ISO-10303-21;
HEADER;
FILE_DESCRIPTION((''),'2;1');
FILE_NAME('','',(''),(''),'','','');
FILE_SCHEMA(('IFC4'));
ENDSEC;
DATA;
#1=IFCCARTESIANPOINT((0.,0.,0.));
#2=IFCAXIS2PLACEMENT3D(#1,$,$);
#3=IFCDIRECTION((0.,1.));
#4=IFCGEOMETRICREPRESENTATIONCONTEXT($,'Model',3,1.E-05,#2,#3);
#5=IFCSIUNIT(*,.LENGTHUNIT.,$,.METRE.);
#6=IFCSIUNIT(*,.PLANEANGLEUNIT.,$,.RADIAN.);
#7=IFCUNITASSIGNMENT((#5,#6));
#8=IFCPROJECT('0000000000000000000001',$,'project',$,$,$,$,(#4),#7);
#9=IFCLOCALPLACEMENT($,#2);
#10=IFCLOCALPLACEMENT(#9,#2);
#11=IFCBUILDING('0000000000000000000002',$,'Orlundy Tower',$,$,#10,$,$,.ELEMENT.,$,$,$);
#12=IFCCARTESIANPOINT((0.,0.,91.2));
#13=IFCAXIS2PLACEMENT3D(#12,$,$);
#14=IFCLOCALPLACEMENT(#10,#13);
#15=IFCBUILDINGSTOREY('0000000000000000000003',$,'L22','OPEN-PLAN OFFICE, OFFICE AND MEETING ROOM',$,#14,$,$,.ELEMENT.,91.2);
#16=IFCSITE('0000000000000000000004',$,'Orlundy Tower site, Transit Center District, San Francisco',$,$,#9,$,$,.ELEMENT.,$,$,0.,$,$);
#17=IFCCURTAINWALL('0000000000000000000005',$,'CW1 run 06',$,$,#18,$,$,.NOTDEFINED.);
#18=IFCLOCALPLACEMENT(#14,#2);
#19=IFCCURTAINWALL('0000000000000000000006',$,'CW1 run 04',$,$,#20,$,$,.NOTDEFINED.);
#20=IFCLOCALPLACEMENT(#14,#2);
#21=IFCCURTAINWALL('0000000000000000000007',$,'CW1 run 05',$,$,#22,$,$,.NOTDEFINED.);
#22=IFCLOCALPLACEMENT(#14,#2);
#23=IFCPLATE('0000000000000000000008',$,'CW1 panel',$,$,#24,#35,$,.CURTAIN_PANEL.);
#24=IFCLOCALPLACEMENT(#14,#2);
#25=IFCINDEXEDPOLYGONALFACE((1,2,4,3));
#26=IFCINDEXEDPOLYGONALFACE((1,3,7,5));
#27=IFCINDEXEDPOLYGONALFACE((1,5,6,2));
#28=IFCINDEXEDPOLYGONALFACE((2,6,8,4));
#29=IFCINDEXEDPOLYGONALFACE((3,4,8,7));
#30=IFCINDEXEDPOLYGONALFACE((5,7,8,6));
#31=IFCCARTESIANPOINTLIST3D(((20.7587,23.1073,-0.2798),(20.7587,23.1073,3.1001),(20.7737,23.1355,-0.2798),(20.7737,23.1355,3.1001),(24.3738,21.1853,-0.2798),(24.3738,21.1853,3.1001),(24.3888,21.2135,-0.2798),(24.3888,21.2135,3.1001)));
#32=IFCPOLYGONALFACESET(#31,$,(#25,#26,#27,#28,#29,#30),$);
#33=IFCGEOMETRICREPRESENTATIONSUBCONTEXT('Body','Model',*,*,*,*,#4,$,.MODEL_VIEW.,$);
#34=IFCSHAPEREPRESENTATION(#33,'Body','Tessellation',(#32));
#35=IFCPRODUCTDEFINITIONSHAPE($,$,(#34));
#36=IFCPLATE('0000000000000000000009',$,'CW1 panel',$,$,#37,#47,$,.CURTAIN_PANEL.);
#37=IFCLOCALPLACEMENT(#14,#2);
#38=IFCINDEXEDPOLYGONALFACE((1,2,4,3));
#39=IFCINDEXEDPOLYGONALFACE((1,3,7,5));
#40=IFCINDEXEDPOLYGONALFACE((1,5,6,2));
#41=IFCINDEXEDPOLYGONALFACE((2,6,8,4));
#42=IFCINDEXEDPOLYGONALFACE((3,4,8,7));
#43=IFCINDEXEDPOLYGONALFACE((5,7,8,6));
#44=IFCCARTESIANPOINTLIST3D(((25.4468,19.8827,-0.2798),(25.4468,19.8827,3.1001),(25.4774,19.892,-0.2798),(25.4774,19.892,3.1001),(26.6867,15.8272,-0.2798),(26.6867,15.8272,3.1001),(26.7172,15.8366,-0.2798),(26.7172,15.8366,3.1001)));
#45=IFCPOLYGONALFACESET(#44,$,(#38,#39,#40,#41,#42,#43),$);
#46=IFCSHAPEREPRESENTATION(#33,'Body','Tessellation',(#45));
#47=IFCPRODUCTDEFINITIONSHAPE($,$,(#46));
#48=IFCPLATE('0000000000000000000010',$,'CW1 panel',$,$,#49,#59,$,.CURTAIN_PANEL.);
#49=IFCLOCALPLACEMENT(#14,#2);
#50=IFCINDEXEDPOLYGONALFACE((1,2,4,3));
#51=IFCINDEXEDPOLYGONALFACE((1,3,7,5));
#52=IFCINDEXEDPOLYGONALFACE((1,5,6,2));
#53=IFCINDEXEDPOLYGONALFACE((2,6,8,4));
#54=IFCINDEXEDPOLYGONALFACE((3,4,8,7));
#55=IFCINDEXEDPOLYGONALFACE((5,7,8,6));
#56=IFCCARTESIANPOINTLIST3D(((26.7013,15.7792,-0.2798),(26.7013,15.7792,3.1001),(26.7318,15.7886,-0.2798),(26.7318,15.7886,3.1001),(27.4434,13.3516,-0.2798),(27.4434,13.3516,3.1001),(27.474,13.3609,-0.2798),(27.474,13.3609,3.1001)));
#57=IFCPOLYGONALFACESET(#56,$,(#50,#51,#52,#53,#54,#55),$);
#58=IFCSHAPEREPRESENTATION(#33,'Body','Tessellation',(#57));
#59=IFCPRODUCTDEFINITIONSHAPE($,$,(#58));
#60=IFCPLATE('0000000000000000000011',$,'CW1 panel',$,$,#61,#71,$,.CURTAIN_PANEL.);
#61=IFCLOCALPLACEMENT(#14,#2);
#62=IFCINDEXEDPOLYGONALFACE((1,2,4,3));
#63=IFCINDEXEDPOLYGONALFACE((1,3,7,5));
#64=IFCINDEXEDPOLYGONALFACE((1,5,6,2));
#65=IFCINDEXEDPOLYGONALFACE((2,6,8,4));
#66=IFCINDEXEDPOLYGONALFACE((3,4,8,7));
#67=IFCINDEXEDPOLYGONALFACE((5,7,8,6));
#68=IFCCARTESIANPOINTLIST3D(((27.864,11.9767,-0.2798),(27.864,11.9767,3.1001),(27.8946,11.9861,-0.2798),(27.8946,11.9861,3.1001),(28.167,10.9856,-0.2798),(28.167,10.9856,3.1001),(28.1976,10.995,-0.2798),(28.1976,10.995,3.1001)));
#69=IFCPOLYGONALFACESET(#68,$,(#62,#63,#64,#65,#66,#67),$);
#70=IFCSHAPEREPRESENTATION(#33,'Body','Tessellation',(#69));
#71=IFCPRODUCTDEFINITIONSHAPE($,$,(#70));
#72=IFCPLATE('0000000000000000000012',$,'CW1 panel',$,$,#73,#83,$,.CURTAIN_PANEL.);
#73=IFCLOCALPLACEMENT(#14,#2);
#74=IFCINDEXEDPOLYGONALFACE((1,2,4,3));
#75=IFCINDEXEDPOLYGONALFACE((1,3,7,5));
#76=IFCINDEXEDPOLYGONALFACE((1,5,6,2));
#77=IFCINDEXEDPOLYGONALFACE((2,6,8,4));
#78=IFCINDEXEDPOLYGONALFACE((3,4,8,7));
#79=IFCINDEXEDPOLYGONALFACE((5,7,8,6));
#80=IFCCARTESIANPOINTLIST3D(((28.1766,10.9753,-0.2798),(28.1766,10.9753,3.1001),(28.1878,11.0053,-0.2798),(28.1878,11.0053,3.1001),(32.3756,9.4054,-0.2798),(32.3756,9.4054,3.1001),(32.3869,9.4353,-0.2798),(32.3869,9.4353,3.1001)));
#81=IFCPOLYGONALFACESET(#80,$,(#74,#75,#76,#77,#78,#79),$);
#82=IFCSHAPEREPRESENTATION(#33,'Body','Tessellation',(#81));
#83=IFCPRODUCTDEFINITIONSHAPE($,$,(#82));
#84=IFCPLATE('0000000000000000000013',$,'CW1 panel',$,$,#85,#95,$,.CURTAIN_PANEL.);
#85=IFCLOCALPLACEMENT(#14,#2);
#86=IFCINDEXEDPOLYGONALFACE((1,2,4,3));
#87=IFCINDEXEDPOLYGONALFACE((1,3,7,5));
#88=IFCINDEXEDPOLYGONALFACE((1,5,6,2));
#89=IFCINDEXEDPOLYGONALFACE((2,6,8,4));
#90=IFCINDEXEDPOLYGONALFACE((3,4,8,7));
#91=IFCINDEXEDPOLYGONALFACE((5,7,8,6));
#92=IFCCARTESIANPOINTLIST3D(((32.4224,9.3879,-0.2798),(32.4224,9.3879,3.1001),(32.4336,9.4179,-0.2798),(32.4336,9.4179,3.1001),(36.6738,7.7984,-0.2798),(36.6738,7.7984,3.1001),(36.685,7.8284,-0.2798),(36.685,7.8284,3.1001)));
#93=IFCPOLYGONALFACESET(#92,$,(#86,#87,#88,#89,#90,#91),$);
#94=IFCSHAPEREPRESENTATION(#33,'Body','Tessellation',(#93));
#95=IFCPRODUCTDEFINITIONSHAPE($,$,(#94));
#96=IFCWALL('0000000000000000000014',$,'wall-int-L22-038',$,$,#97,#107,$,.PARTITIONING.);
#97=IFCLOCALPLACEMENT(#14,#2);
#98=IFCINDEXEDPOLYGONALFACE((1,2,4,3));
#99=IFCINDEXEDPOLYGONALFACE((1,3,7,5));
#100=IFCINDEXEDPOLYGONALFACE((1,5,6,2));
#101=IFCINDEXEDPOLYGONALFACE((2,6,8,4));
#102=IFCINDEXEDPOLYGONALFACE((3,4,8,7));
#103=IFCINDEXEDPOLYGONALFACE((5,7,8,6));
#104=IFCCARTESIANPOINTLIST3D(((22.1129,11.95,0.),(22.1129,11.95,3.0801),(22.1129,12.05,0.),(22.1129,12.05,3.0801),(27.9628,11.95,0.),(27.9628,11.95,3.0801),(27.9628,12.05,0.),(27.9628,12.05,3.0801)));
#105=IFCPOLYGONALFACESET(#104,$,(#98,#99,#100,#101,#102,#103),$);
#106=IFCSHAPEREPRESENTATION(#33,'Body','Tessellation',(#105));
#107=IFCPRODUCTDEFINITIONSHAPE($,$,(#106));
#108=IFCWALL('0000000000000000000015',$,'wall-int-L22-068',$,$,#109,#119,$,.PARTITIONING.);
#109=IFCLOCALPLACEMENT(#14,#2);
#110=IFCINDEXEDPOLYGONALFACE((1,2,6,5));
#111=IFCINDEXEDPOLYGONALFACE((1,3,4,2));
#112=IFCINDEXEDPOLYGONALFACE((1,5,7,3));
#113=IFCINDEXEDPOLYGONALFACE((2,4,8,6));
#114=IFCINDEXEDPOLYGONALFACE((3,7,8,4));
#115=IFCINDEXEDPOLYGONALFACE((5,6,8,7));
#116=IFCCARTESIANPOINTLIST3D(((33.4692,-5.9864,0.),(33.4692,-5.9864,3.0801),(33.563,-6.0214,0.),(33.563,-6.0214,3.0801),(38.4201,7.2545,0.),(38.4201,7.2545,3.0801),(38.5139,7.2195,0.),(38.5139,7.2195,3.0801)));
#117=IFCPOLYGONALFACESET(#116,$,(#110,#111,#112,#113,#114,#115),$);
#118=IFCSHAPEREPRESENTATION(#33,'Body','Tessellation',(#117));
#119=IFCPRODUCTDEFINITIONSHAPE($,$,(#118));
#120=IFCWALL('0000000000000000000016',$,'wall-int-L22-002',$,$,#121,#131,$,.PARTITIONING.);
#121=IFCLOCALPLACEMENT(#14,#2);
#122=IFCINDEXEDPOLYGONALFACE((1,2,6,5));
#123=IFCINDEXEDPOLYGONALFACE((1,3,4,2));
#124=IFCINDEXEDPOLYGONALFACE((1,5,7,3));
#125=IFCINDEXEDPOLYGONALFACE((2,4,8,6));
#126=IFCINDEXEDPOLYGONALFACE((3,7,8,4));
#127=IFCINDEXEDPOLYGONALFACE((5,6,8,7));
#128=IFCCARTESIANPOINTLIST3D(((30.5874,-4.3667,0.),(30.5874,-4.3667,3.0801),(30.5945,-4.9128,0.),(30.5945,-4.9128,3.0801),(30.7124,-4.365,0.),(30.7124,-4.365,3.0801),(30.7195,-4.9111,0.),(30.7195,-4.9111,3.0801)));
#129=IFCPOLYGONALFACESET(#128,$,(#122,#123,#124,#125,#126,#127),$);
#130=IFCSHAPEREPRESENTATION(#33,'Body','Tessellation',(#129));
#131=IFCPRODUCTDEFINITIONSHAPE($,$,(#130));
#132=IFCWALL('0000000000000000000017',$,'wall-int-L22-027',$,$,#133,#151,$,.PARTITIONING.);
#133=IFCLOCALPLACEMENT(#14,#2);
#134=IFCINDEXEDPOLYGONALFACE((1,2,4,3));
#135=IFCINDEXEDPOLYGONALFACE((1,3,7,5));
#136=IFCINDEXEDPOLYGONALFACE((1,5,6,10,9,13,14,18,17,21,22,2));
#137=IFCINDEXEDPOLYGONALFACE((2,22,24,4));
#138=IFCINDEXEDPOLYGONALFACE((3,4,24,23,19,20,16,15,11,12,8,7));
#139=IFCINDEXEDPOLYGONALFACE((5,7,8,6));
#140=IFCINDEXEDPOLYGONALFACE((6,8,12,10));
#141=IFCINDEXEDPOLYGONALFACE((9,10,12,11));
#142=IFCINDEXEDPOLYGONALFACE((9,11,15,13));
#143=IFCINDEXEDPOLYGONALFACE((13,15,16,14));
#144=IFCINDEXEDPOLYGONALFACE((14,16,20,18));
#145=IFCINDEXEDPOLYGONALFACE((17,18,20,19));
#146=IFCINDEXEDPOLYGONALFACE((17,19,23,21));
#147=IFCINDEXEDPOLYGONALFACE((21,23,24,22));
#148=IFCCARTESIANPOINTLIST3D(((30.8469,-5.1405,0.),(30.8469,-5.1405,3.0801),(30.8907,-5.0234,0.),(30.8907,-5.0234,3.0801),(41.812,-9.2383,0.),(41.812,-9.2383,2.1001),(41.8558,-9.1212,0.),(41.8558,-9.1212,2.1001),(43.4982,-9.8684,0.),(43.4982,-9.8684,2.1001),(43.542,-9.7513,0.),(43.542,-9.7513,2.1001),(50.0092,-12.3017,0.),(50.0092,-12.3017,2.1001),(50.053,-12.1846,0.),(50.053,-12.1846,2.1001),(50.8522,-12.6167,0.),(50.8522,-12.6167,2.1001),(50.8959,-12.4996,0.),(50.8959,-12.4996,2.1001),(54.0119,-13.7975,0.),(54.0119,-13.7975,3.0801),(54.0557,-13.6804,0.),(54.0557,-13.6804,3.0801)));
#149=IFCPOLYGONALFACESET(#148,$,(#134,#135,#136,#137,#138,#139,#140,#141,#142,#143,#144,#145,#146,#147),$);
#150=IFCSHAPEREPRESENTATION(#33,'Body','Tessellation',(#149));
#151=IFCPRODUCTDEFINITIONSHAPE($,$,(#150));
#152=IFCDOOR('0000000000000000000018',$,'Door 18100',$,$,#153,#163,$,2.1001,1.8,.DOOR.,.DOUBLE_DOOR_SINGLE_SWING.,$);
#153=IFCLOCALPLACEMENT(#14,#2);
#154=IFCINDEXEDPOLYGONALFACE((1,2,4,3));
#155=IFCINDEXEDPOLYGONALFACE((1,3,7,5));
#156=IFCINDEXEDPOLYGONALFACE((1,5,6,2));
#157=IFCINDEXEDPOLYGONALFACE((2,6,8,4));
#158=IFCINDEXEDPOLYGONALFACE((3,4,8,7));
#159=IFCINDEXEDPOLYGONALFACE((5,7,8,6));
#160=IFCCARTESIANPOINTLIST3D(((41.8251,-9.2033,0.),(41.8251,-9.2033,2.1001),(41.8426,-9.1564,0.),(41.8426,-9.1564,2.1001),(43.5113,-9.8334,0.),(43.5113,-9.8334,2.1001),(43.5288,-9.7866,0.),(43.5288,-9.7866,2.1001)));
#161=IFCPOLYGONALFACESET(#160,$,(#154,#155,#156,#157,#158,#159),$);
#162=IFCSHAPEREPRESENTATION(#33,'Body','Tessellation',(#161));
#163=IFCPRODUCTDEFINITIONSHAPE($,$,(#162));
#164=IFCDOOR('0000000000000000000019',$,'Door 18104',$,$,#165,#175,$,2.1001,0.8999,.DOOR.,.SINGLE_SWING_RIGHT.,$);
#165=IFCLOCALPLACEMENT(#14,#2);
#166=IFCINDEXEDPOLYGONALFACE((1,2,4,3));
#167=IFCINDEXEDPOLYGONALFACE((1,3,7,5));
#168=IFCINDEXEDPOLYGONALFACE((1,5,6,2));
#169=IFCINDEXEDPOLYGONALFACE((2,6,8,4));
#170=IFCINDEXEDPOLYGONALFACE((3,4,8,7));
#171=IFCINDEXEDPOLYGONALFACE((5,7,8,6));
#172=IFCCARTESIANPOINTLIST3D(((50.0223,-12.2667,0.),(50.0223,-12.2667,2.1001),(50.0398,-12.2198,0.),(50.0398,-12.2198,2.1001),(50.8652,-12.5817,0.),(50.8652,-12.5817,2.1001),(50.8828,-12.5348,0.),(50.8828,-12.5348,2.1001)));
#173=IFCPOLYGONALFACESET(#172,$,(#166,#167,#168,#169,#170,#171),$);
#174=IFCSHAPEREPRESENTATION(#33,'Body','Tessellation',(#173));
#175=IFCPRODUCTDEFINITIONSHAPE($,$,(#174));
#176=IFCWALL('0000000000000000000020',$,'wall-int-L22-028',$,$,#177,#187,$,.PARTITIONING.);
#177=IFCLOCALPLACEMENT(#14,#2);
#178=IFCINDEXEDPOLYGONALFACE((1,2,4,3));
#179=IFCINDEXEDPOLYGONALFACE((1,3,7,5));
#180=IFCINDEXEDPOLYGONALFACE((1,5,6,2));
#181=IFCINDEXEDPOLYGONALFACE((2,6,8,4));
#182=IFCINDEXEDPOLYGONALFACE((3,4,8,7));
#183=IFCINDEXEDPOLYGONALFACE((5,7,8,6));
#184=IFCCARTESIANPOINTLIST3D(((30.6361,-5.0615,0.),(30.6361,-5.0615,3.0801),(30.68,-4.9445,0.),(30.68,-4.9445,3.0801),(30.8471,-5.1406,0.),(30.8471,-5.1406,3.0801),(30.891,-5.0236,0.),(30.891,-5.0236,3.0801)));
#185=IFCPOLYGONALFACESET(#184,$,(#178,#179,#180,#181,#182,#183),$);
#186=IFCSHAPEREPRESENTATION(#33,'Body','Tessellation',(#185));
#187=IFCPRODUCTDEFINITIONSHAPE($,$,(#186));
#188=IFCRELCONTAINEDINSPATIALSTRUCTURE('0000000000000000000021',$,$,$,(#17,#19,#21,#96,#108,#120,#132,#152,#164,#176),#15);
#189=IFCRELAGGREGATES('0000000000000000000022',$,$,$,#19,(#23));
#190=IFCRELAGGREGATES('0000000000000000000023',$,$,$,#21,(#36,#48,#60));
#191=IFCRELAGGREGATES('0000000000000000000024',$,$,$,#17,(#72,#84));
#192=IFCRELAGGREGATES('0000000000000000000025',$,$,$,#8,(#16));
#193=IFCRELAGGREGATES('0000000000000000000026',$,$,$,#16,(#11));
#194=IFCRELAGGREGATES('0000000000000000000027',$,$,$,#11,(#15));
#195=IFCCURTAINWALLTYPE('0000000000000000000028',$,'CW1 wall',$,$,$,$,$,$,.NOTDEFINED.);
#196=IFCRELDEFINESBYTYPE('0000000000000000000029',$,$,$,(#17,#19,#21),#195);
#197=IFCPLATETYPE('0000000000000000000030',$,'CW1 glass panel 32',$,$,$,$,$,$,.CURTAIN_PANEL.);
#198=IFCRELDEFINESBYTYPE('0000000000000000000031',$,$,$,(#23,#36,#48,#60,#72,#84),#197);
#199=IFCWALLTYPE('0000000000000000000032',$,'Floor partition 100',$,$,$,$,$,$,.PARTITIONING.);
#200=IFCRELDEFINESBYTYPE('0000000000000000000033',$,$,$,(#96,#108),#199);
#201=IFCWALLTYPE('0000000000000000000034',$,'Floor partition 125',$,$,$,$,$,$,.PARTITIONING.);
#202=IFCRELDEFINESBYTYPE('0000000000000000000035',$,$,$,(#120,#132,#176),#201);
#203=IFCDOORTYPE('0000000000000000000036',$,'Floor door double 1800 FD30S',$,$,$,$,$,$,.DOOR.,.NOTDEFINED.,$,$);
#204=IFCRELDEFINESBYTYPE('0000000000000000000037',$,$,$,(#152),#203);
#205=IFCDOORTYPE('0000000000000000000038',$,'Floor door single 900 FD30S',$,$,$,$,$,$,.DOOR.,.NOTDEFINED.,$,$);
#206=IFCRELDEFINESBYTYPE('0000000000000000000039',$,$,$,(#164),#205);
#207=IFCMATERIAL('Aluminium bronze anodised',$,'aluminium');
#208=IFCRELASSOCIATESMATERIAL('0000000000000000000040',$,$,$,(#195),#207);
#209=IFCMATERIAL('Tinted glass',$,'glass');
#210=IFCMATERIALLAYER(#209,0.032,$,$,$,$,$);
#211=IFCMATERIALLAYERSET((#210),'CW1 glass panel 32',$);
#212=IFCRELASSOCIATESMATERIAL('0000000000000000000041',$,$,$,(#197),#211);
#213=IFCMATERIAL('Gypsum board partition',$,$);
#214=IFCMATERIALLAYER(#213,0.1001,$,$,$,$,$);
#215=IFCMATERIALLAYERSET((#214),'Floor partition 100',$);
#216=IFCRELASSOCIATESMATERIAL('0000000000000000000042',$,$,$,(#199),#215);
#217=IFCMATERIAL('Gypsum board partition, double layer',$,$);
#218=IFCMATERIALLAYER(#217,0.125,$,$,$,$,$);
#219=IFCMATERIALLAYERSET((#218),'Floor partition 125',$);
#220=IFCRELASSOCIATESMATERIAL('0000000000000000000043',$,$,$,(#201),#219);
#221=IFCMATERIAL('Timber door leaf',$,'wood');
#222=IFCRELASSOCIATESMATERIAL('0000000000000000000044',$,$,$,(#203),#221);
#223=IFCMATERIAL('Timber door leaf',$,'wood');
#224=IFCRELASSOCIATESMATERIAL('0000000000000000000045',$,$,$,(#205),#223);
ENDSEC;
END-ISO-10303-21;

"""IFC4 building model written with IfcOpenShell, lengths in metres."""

from ifc_helpers import new_model, si_unit, direction, frame, frame_2d, origin, origin_2d, place, context, subcontext, project, spatial, rectangle, extrude, material, layer, layer_set, type_object, element, fill, aggregate, save


model = new_model("IFC4")

# Units and contexts
model_context = context("Model", 3, precision=1e-05, world=origin(), true_north=direction((0.0, 1.0)))
body_context = subcontext(model_context, "Body", "Model", "MODEL_VIEW")
ifc_project = project(units=[si_unit("LENGTHUNIT", "METRE"), si_unit("PLANEANGLEUNIT", "RADIAN")], contexts=[model_context])

# Site, building, storey
site_placement = place(None, origin())
site = spatial("IfcSite", under=ifc_project, at=site_placement, Name="Orlundy Tower site, Transit Center District, San Francisco", CompositionType="ELEMENT", RefElevation=0.0)
building_placement = place(site_placement, origin())
building = spatial("IfcBuilding", under=site, at=building_placement, Name="Orlundy Tower", CompositionType="ELEMENT")
storey_placement = place(building_placement, frame((0.0, 0.0, 91.2)))
storey = spatial("IfcBuildingStorey", under=building, at=storey_placement, Name="L22", Description="OPEN-PLAN OFFICE, OFFICE AND MEETING ROOM", CompositionType="ELEMENT", Elevation=91.2)

# Curtain walls
ifc_material_1 = material(Name="Aluminium bronze anodised", Category="aluminium")
curtain_wall_type = type_object("IfcCurtainWallType", Name="CW1 wall", PredefinedType="NOTDEFINED", material=ifc_material_1)
curtain_wall_1_placement = place(storey_placement, origin())
curtain_wall_1 = element("IfcCurtainWall", 1, at=curtain_wall_1_placement, inside=storey, type_object=curtain_wall_type, Name="CW1 run 06", PredefinedType="NOTDEFINED")
curtain_wall_2_placement = place(storey_placement, origin())
curtain_wall_2 = element("IfcCurtainWall", 2, at=curtain_wall_2_placement, inside=storey, type_object=curtain_wall_type, Name="CW1 run 04", PredefinedType="NOTDEFINED")
curtain_wall_3_placement = place(storey_placement, origin())
curtain_wall_3 = element("IfcCurtainWall", 3, at=curtain_wall_3_placement, inside=storey, type_object=curtain_wall_type, Name="CW1 run 05", PredefinedType="NOTDEFINED")

# Plates
ifc_material_2 = material(Name="Tinted glass", Category="glass")
ifc_layer_1 = layer(ifc_material_2, 0.032)
ifc_layer_set_1 = layer_set([ifc_layer_1], Name="CW1 glass panel 32")
plate_type = type_object("IfcPlateType", Name="CW1 glass panel 32", PredefinedType="CURTAIN_PANEL", material=ifc_layer_set_1)
plate_1_placement = place(storey_placement, frame((22.5737, 22.1604, -0.2798), z_axis=(0.0, 0.0, 1.0), x_axis=(0.882961, -0.469445, 0.0)))
plate_1 = element("IfcPlate", 4, at=plate_1_placement, type_object=plate_type, Name="CW1 panel", PredefinedType="CURTAIN_PANEL", context=body_context, shape_type="SweptSolid", body=[
    extrude(rectangle(XDim=4.0942, YDim=0.032, at=origin_2d()), origin(), (0.0, 0.0, 1.0), 3.3799),
])
aggregate(curtain_wall_2, [plate_1])
plate_2_placement = place(storey_placement, frame((26.082, 17.8596, -0.2798), z_axis=(0.0, 0.0, 1.0), x_axis=(0.292362, -0.956308, 0.0)))
plate_2 = element("IfcPlate", 5, at=plate_2_placement, type_object=plate_type, Name="CW1 panel", PredefinedType="CURTAIN_PANEL", context=body_context, shape_type="SweptSolid", body=[
    extrude(rectangle(XDim=4.2407, YDim=0.032, at=origin_2d()), origin(), (0.0, 0.0, 1.0), 3.3799),
])
plate_3_placement = place(storey_placement, frame((27.0876, 14.5701, -0.2798), z_axis=(0.0, 0.0, 1.0), x_axis=(0.292362, -0.956308, 0.0)))
plate_3 = element("IfcPlate", 6, at=plate_3_placement, type_object=plate_type, Name="CW1 panel", PredefinedType="CURTAIN_PANEL", context=body_context, shape_type="SweptSolid", body=[
    extrude(rectangle(XDim=2.5386, YDim=0.032, at=origin_2d()), origin(), (0.0, 0.0, 1.0), 3.3799),
])
plate_4_placement = place(storey_placement, frame((28.0308, 11.4858, -0.2798), z_axis=(0.0, 0.0, 1.0), x_axis=(0.292362, -0.956308, 0.0)))
plate_4 = element("IfcPlate", 7, at=plate_4_placement, type_object=plate_type, Name="CW1 panel", PredefinedType="CURTAIN_PANEL", context=body_context, shape_type="SweptSolid", body=[
    extrude(rectangle(XDim=1.0364, YDim=0.032, at=origin_2d()), origin(), (0.0, 0.0, 1.0), 3.3799),
])
aggregate(curtain_wall_3, [plate_2, plate_3, plate_4])
plate_5_placement = place(storey_placement, frame((30.2817, 10.2053, -0.2798), z_axis=(0.0, 0.0, 1.0), x_axis=(0.936674, -0.350204, 0.0)))
plate_5 = element("IfcPlate", 8, at=plate_5_placement, type_object=plate_type, Name="CW1 panel", PredefinedType="CURTAIN_PANEL", context=body_context, shape_type="SweptSolid", body=[
    extrude(rectangle(XDim=4.4829, YDim=0.032, at=origin_2d()), origin(), (0.0, 0.0, 1.0), 3.3799),
])
plate_6_placement = place(storey_placement, frame((34.5537, 8.6082, -0.2798), z_axis=(0.0, 0.0, 1.0), x_axis=(0.936674, -0.350204, 0.0)))
plate_6 = element("IfcPlate", 9, at=plate_6_placement, type_object=plate_type, Name="CW1 panel", PredefinedType="CURTAIN_PANEL", context=body_context, shape_type="SweptSolid", body=[
    extrude(rectangle(XDim=4.5388, YDim=0.032, at=origin_2d()), origin(), (0.0, 0.0, 1.0), 3.3799),
])
aggregate(curtain_wall_1, [plate_5, plate_6])

# Walls
ifc_material_3 = material(Name="Gypsum board partition")
ifc_layer_2 = layer(ifc_material_3, 0.1001)
ifc_layer_set_2 = layer_set([ifc_layer_2], Name="Floor partition 100")
wall_type_1 = type_object("IfcWallType", Name="Floor partition 100", PredefinedType="PARTITIONING", material=ifc_layer_set_2)
wall_1_placement = place(storey_placement, frame((22.113, 12.0, 0.0), z_axis=(0.0, 0.0, 1.0), x_axis=(1.0, 0.0, 0.0)))
element("IfcWall", 10, at=wall_1_placement, inside=storey, type_object=wall_type_1, Name="wall-int-L22-038", PredefinedType="PARTITIONING", context=body_context, shape_type="SweptSolid", body=[
    extrude(rectangle(XDim=5.8499, YDim=0.1001, at=frame_2d((2.9248, 0.0))), origin(), (0.0, 0.0, 1.0), 3.0801),
])
wall_2_placement = place(storey_placement, frame((33.5161, -6.0039, 0.0), z_axis=(0.0, 0.0, 1.0), x_axis=(0.350228, 0.936664, 0.0)))
element("IfcWall", 11, at=wall_2_placement, inside=storey, type_object=wall_type_1, Name="wall-int-L22-068", PredefinedType="PARTITIONING", context=body_context, shape_type="SweptSolid", body=[
    extrude(rectangle(XDim=14.1362, YDim=0.1001, at=frame_2d((7.0681, 0.0))), origin(), (0.0, 0.0, 1.0), 3.0801),
])
ifc_material_4 = material(Name="Gypsum board partition, double layer")
ifc_layer_3 = layer(ifc_material_4, 0.125)
ifc_layer_set_3 = layer_set([ifc_layer_3], Name="Floor partition 125")
wall_type_2 = type_object("IfcWallType", Name="Floor partition 125", PredefinedType="PARTITIONING", material=ifc_layer_set_3)
wall_3_placement = place(storey_placement, frame((30.6499, -4.366, 0.0), z_axis=(0.0, 0.0, 1.0), x_axis=(0.012963, -0.999916, 0.0)))
element("IfcWall", 12, at=wall_3_placement, inside=storey, type_object=wall_type_2, Name="wall-int-L22-002", PredefinedType="PARTITIONING", context=body_context, shape_type="SweptSolid", body=[
    extrude(rectangle(XDim=0.5461, YDim=0.125, at=frame_2d((0.2729, 0.0))), origin(), (0.0, 0.0, 1.0), 3.0801),
])

# Wall, openings, doors
wall_4_placement = place(storey_placement, frame((30.8689, -5.082, 0.0), z_axis=(0.0, 0.0, 1.0), x_axis=(0.936726, -0.350063, 0.0)))
wall_4 = element("IfcWall", 13, at=wall_4_placement, inside=storey, type_object=wall_type_2, Name="wall-int-L22-027", PredefinedType="PARTITIONING", context=body_context, shape_type="SweptSolid", body=[
    extrude(rectangle(XDim=24.7297, YDim=0.125, at=frame_2d((12.3647, 0.0))), origin(), (0.0, 0.0, 1.0), 3.0801),
])
opening_1_placement = place(wall_4_placement, frame((11.7058, 0.0, 0.0)))
opening_1 = element("IfcOpeningElement", 14, at=opening_1_placement, cuts=wall_4, PredefinedType="OPENING", context=body_context, shape_type="SweptSolid", body=[
    extrude(rectangle(XDim=1.8, YDim=2.1001, at=frame_2d((0.8999, 1.05))), frame((0.0, 0.0725, 0.0), z_axis=(0.0, -1.0, 0.0), x_axis=(1.0, 0.0, 0.0)), (0.0, 0.0, 1.0), 0.145),
])
opening_2_placement = place(wall_4_placement, frame((20.4565, 0.0, 0.0)))
opening_2 = element("IfcOpeningElement", 15, at=opening_2_placement, cuts=wall_4, PredefinedType="OPENING", context=body_context, shape_type="SweptSolid", body=[
    extrude(rectangle(XDim=0.8999, YDim=2.1001, at=frame_2d((0.45, 1.05))), frame((0.0, 0.0725, 0.0), z_axis=(0.0, -1.0, 0.0), x_axis=(1.0, 0.0, 0.0)), (0.0, 0.0, 1.0), 0.145),
])
ifc_material_5 = material(Name="Timber door leaf", Category="wood")
door_type_1 = type_object("IfcDoorType", Name="Floor door double 1800 FD30S", OperationType="NOTDEFINED", PredefinedType="DOOR", material=ifc_material_5)
door_1_placement = place(opening_1_placement, origin())
door_1 = element("IfcDoor", 16, at=door_1_placement, inside=storey, type_object=door_type_1, Name="Door 18100", OperationType="DOUBLE_DOOR_SINGLE_SWING", OverallHeight=2.1001, OverallWidth=1.8, PredefinedType="DOOR", context=body_context, shape_type="SweptSolid", body=[
    extrude(rectangle(XDim=1.8, YDim=2.1001, at=frame_2d((0.8999, 1.05))), frame((0.0, 0.0249, 0.0), z_axis=(0.0, -1.0, 0.0), x_axis=(1.0, 0.0, 0.0)), (0.0, 0.0, 1.0), 0.05),
])
fill(opening_1, door_1)
ifc_material_6 = material(Name="Timber door leaf", Category="wood")
door_type_2 = type_object("IfcDoorType", Name="Floor door single 900 FD30S", OperationType="NOTDEFINED", PredefinedType="DOOR", material=ifc_material_6)
door_2_placement = place(opening_2_placement, origin())
door_2 = element("IfcDoor", 17, at=door_2_placement, inside=storey, type_object=door_type_2, Name="Door 18104", OperationType="SINGLE_SWING_RIGHT", OverallHeight=2.1001, OverallWidth=0.8999, PredefinedType="DOOR", context=body_context, shape_type="SweptSolid", body=[
    extrude(rectangle(XDim=0.8999, YDim=2.1001, at=frame_2d((0.45, 1.05))), frame((0.0, 0.0249, 0.0), z_axis=(0.0, -1.0, 0.0), x_axis=(1.0, 0.0, 0.0)), (0.0, 0.0, 1.0), 0.05),
])
fill(opening_2, door_2)

# Wall
wall_5_placement = place(storey_placement, frame((30.658, -5.0029, 0.0), z_axis=(0.0, 0.0, 1.0), x_axis=(0.936329, -0.351123, 0.0)))
element("IfcWall", 18, at=wall_5_placement, inside=storey, type_object=wall_type_2, Name="wall-int-L22-028", PredefinedType="PARTITIONING", context=body_context, shape_type="SweptSolid", body=[
    extrude(rectangle(XDim=0.2253, YDim=0.125, at=frame_2d((0.1128, 0.0))), origin(), (0.0, 0.0, 1.0), 3.0801),
])

save(model, "model.ifc")
